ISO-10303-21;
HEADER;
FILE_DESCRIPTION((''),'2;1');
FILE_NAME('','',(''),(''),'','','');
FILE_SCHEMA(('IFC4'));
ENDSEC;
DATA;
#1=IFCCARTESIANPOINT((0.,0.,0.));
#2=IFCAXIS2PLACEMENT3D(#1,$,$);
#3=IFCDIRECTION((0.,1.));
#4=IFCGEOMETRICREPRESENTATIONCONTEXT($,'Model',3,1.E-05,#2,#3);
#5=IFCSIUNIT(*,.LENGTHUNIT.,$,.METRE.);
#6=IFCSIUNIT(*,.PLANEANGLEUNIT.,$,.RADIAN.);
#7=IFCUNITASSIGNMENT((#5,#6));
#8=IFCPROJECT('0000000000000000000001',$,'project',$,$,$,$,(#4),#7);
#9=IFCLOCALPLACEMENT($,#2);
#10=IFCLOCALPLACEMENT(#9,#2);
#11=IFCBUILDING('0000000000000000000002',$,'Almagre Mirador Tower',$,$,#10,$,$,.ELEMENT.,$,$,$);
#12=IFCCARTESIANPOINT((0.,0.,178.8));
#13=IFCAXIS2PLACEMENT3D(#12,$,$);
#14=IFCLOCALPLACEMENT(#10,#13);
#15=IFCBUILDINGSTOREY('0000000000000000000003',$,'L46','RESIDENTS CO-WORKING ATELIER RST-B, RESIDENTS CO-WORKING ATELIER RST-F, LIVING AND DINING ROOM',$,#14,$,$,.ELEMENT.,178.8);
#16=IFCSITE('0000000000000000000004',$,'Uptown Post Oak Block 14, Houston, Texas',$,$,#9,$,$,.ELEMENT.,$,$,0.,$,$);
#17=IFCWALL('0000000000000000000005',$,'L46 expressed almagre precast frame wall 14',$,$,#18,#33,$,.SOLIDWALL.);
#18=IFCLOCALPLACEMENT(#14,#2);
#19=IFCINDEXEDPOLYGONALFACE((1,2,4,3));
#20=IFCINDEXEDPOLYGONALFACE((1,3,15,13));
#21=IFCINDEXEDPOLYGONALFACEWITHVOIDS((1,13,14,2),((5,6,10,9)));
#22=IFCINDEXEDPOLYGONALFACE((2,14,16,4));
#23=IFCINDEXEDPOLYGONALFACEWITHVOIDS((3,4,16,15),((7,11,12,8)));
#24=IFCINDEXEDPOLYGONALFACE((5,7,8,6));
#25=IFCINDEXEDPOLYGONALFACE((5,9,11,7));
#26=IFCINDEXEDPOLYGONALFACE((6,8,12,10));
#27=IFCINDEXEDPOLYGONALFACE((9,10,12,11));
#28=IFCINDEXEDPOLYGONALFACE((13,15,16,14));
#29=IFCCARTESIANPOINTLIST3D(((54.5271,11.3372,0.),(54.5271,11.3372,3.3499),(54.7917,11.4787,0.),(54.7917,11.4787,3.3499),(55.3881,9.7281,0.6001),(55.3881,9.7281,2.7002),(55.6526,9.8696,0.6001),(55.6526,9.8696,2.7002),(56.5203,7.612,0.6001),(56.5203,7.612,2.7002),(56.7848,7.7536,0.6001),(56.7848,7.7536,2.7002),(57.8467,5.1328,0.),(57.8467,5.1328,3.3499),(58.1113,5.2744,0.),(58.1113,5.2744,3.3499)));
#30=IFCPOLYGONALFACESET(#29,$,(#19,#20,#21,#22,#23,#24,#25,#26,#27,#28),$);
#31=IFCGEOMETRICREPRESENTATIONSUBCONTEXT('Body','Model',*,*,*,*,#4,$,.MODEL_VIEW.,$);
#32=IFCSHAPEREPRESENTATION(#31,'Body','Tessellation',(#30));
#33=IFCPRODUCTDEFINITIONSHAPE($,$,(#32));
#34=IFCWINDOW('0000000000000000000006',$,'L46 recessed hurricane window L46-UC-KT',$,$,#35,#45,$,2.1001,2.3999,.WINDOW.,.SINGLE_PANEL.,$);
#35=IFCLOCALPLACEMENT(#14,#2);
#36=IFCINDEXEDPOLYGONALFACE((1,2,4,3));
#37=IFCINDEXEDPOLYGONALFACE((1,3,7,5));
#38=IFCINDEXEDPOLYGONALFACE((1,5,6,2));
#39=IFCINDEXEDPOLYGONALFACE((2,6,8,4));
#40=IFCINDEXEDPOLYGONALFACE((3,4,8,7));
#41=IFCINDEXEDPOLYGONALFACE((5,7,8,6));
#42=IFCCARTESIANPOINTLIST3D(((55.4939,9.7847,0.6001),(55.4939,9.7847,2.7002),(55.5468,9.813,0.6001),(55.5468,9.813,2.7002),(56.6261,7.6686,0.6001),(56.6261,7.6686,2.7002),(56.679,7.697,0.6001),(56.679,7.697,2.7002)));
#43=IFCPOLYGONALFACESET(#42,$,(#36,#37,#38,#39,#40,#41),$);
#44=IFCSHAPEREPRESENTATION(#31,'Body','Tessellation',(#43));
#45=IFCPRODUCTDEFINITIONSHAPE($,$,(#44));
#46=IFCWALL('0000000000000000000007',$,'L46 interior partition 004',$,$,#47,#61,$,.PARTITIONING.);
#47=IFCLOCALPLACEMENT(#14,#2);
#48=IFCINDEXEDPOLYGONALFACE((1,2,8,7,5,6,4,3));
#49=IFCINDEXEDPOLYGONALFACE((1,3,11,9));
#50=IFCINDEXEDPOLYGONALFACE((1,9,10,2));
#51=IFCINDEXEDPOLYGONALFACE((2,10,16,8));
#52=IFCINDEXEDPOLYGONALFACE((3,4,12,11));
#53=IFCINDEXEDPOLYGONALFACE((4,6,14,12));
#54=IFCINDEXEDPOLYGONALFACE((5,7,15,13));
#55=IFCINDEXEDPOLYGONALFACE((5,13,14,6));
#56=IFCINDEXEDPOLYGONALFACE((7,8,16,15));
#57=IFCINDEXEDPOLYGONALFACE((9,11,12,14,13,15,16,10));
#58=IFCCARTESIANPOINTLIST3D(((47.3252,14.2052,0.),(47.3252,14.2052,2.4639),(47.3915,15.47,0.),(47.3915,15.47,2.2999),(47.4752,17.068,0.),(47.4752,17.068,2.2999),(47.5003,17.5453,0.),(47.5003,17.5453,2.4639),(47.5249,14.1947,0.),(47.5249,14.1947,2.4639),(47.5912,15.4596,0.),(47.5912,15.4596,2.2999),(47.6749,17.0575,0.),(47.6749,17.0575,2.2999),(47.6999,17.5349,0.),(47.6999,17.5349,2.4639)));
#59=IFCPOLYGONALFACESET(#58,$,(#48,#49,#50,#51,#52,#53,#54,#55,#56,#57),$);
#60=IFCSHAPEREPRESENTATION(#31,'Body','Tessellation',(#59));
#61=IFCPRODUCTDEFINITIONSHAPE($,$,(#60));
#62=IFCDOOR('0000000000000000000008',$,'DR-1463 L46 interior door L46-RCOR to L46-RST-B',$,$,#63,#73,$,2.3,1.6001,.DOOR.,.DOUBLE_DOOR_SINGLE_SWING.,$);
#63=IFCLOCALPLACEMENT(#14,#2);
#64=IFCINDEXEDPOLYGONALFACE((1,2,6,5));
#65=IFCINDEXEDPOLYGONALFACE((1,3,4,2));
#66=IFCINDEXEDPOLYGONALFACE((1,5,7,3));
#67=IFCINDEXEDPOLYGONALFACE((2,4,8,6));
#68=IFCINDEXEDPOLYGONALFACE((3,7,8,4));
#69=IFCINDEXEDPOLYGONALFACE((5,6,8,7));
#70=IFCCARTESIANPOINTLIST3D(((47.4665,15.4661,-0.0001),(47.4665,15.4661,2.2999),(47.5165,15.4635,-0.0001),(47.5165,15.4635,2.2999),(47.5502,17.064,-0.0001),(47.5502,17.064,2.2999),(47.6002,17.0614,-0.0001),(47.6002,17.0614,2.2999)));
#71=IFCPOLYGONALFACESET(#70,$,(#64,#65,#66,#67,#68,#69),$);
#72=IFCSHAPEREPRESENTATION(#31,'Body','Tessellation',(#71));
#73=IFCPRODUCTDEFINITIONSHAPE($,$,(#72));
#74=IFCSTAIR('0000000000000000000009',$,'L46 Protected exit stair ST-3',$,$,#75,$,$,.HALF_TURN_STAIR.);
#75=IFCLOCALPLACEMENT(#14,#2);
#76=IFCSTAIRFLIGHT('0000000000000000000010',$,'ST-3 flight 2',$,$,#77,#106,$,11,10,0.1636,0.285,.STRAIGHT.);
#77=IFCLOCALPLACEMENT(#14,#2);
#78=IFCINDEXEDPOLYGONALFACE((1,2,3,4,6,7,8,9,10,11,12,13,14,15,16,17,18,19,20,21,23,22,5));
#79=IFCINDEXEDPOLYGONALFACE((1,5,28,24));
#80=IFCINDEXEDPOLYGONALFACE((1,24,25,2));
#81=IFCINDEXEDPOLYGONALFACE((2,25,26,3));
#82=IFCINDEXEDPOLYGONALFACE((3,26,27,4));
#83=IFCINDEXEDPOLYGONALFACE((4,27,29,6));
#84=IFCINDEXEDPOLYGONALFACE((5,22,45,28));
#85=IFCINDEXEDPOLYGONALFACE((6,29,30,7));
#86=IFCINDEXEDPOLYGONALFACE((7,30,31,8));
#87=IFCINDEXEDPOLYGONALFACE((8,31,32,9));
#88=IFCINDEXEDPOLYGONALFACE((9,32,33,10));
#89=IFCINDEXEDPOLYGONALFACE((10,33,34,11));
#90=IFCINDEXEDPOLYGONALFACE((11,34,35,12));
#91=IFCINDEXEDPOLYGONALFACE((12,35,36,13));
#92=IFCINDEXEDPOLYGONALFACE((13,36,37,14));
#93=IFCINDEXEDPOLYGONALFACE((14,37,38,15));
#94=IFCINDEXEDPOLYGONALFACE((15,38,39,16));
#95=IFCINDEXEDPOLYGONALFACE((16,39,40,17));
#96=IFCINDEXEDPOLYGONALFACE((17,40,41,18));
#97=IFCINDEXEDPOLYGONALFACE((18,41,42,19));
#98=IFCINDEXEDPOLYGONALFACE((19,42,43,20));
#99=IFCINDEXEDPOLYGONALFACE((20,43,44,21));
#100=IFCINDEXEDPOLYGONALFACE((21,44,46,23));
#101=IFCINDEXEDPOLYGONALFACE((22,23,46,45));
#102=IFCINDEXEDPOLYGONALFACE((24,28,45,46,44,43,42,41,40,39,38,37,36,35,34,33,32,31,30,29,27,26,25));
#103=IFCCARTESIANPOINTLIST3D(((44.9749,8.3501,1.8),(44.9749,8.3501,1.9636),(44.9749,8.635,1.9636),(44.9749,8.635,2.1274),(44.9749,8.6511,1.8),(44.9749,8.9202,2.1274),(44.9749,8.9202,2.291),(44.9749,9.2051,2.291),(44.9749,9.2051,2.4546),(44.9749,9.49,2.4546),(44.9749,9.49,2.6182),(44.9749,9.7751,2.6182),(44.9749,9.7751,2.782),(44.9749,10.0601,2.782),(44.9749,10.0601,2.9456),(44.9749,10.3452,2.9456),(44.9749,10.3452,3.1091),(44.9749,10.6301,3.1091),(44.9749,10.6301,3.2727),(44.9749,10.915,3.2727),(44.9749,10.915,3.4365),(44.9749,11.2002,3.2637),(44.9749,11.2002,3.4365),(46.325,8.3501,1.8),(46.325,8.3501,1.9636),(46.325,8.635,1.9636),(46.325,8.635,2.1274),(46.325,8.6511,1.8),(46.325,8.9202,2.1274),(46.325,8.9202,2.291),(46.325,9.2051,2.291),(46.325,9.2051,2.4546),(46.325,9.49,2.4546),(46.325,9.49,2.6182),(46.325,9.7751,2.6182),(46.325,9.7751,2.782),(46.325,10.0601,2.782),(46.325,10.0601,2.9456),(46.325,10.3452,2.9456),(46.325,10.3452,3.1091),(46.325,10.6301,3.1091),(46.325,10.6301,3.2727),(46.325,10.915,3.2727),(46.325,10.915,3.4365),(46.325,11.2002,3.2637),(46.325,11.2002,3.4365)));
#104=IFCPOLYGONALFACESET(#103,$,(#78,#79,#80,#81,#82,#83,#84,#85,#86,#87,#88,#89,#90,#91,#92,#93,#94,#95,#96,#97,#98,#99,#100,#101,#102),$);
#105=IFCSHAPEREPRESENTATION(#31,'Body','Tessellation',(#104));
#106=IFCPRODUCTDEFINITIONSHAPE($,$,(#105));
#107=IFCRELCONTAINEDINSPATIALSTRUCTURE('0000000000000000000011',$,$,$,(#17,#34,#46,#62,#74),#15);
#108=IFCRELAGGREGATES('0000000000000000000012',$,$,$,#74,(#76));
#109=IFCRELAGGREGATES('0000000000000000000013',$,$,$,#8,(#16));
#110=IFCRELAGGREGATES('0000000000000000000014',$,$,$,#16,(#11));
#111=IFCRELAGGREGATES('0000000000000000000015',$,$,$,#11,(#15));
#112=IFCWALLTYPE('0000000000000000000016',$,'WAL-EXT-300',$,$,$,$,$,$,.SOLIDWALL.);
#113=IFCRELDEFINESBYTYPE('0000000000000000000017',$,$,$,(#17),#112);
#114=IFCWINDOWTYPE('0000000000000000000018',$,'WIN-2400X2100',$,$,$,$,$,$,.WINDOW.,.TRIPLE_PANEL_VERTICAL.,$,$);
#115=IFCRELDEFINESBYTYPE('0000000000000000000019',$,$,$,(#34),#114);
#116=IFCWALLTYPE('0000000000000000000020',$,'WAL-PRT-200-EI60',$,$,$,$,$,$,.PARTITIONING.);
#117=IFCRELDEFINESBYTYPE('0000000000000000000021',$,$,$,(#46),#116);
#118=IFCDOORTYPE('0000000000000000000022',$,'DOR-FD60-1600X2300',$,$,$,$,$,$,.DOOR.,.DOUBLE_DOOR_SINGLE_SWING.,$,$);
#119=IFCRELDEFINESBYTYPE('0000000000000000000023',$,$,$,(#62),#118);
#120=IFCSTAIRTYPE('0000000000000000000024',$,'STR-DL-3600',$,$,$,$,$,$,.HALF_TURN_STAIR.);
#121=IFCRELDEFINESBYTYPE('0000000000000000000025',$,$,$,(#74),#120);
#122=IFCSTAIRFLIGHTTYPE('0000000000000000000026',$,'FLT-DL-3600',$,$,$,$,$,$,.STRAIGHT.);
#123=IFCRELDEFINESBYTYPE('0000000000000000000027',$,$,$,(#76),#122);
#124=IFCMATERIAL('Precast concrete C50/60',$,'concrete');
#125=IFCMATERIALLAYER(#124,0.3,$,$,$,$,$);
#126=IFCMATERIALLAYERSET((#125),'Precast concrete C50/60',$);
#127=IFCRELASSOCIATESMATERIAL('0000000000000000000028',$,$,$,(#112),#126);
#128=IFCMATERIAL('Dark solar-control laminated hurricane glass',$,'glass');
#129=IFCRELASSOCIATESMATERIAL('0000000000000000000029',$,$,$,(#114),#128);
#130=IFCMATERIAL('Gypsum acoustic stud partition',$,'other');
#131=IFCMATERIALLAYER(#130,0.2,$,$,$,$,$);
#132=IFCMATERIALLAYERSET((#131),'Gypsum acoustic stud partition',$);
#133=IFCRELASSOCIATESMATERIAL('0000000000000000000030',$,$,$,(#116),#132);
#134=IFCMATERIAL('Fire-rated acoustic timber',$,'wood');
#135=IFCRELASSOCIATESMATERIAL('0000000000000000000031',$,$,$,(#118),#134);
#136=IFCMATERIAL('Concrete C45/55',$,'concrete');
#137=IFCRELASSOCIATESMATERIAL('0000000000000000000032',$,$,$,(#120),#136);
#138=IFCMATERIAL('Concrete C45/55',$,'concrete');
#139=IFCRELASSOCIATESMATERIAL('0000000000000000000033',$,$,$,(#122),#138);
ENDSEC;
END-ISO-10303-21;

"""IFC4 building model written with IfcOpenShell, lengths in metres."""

from ifc_helpers import new_model, si_unit, direction, frame, frame_2d, origin, place, context, subcontext, project, spatial, polyline, rectangle, outline, extrude, material, layer, layer_set, type_object, element, fill, aggregate, save


model = new_model("IFC4")

# Units and contexts
model_context = context("Model", 3, precision=1e-05, world=origin(), true_north=direction((0.0, 1.0)))
body_context = subcontext(model_context, "Body", "Model", "MODEL_VIEW")
ifc_project = project(units=[si_unit("LENGTHUNIT", "METRE"), si_unit("PLANEANGLEUNIT", "RADIAN")], contexts=[model_context])

# Site, building, storey
site_placement = place(None, origin())
site = spatial("IfcSite", under=ifc_project, at=site_placement, Name="Uptown Post Oak Block 14, Houston, Texas", CompositionType="ELEMENT", RefElevation=0.0)
building_placement = place(site_placement, origin())
building = spatial("IfcBuilding", under=site, at=building_placement, Name="Almagre Mirador Tower", CompositionType="ELEMENT")
storey_placement = place(building_placement, frame((0.0, 0.0, 178.8)))
storey = spatial("IfcBuildingStorey", under=building, at=storey_placement, Name="L46", Description="RESIDENTS CO-WORKING ATELIER RST-B, RESIDENTS CO-WORKING ATELIER RST-F, LIVING AND DINING ROOM", CompositionType="ELEMENT", Elevation=178.8)

# Shared definitions
ifc_material_1 = material(Name="Precast concrete C50/60", Category="concrete")
ifc_layer_1 = layer(ifc_material_1, 0.3)
ifc_layer_set_1 = layer_set([ifc_layer_1], Name="Precast concrete C50/60")
wall_type_1 = type_object("IfcWallType", Name="WAL-EXT-300", PredefinedType="SOLIDWALL", material=ifc_layer_set_1)

# Wall, opening, window
wall_1_placement = place(storey_placement, frame((54.6594, 11.408, 0.0), z_axis=(0.0, 0.0, 1.0), x_axis=(0.47176, -0.881727, 0.0)))
wall_1 = element("IfcWall", 1, at=wall_1_placement, inside=storey, type_object=wall_type_1, Name="L46 expressed almagre precast frame wall 14", PredefinedType="SOLIDWALL", context=body_context, shape_type="SweptSolid", body=[
    extrude(rectangle(XDim=7.0366, YDim=0.3, at=frame_2d((3.5183, 0.0))), origin(), (0.0, 0.0, 1.0), 3.3499),
])
opening_1_placement = place(wall_1_placement, frame((1.825, 0.0, 0.6001)))
opening_1 = element("IfcOpeningElement", 2, at=opening_1_placement, cuts=wall_1, PredefinedType="OPENING", context=body_context, shape_type="SweptSolid", body=[
    extrude(rectangle(XDim=2.3999, YDim=2.1001, at=frame_2d((1.2, 1.05))), frame((0.0, 0.1599, 0.0), z_axis=(0.0, -1.0, 0.0), x_axis=(1.0, 0.0, 0.0)), (0.0, 0.0, 1.0), 0.32),
])
ifc_material_2 = material(Name="Dark solar-control laminated hurricane glass", Category="glass")
window_type_1 = type_object("IfcWindowType", Name="WIN-2400X2100", PartitioningType="TRIPLE_PANEL_VERTICAL", PredefinedType="WINDOW", material=ifc_material_2)
window_1_placement = place(opening_1_placement, origin())
window_1 = element("IfcWindow", 3, at=window_1_placement, inside=storey, type_object=window_type_1, Name="L46 recessed hurricane window L46-UC-KT", OverallHeight=2.1001, OverallWidth=2.3999, PartitioningType="SINGLE_PANEL", PredefinedType="WINDOW", context=body_context, shape_type="SweptSolid", body=[
    extrude(rectangle(XDim=2.3999, YDim=2.1001, at=frame_2d((1.2, 1.05))), frame((0.0, 0.03, 0.0), z_axis=(0.0, -1.0, 0.0), x_axis=(1.0, 0.0, 0.0)), (0.0, 0.0, 1.0), 0.0601),
])
fill(opening_1, window_1)

# Wall, opening, door
ifc_material_3 = material(Name="Gypsum acoustic stud partition", Category="other")
ifc_layer_2 = layer(ifc_material_3, 0.2)
ifc_layer_set_2 = layer_set([ifc_layer_2], Name="Gypsum acoustic stud partition")
wall_type_2 = type_object("IfcWallType", Name="WAL-PRT-200-EI60", PredefinedType="PARTITIONING", material=ifc_layer_set_2)
wall_2_placement = place(storey_placement, frame((47.425, 14.2, 0.0), z_axis=(0.0, 0.0, 1.0), x_axis=(0.052337, 0.998629, 0.0)))
wall_2 = element("IfcWall", 4, at=wall_2_placement, inside=storey, type_object=wall_type_2, Name="L46 interior partition 004", PredefinedType="PARTITIONING", context=body_context, shape_type="SweptSolid", body=[
    extrude(rectangle(XDim=3.3447, YDim=0.2, at=frame_2d((1.6724, 0.0))), origin(), (0.0, 0.0, 1.0), 2.4639),
])
opening_2_placement = place(wall_2_placement, frame((1.2666, 0.0, 0.0)))
opening_2 = element("IfcOpeningElement", 5, at=opening_2_placement, cuts=wall_2, PredefinedType="OPENING", context=body_context, shape_type="SweptSolid", body=[
    extrude(rectangle(XDim=1.6001, YDim=2.3, at=frame_2d((0.8, 1.1499))), frame((0.0, 0.1101, 0.0), z_axis=(0.0, -1.0, 0.0), x_axis=(1.0, 0.0, 0.0)), (0.0, 0.0, 1.0), 0.22),
])
ifc_material_4 = material(Name="Fire-rated acoustic timber", Category="wood")
door_type = type_object("IfcDoorType", Name="DOR-FD60-1600X2300", OperationType="DOUBLE_DOOR_SINGLE_SWING", PredefinedType="DOOR", material=ifc_material_4)
door_placement = place(opening_2_placement, origin())
door = element("IfcDoor", 6, at=door_placement, inside=storey, type_object=door_type, Name="DR-1463 L46 interior door L46-RCOR to L46-RST-B", OperationType="DOUBLE_DOOR_SINGLE_SWING", OverallHeight=2.3, OverallWidth=1.6001, PredefinedType="DOOR", context=body_context, shape_type="SweptSolid", body=[
    extrude(rectangle(XDim=1.6001, YDim=2.3, at=frame_2d((0.8, 1.1499))), frame((0.0, 0.0249, 0.0), z_axis=(0.0, -1.0, 0.0), x_axis=(1.0, 0.0, 0.0)), (0.0, 0.0, 1.0), 0.05),
])
fill(opening_2, door)

# Stair, stair flight
ifc_material_5 = material(Name="Concrete C45/55", Category="concrete")
stair_type = type_object("IfcStairType", Name="STR-DL-3600", PredefinedType="HALF_TURN_STAIR", material=ifc_material_5)
stair_placement = place(storey_placement, origin())
stair = element("IfcStair", 7, at=stair_placement, inside=storey, type_object=stair_type, Name="L46 Protected exit stair ST-3", PredefinedType="HALF_TURN_STAIR")
ifc_material_6 = material(Name="Concrete C45/55", Category="concrete")
stair_flight_type = type_object("IfcStairFlightType", Name="FLT-DL-3600", PredefinedType="STRAIGHT", material=ifc_material_6)
stair_flight_placement = place(storey_placement, frame((45.6499, 8.3501, 1.8), z_axis=(0.0, 0.0, 1.0), x_axis=(0.0, 1.0, 0.0)))
stair_flight = element("IfcStairFlight", 8, at=stair_flight_placement, type_object=stair_flight_type, Name="ST-3 flight 2", NumberOfRisers=11, NumberOfTreads=10, PredefinedType="STRAIGHT", RiserHeight=0.1636, TreadLength=0.285, context=body_context, shape_type="SweptSolid", body=[
    extrude(outline(polyline([(0.0, 0.0), (0.0, 0.1636), (0.2849, 0.1636), (0.2849, 0.3274), (0.5701, 0.3274), (0.5701, 0.491), (0.855, 0.491), (0.855, 0.6545), (1.1399, 0.6545), (1.1399, 0.8181), (1.425, 0.8181), (1.425, 0.9819), (1.71, 0.9819), (1.71, 1.1455), (1.9951, 1.1455), (1.9951, 1.3091), (2.28, 1.3091), (2.28, 1.4727), (2.5649, 1.4727), (2.5649, 1.6365), (2.8501, 1.6365), (2.8501, 1.8), (2.8501, 1.4636), (0.301, 0.0), (0.0, 0.0)])), frame((0.0, 0.675, 0.0), z_axis=(0.0, -1.0, 0.0), x_axis=(1.0, 0.0, 0.0)), (0.0, 0.0, 1.0), 1.3501),
])
aggregate(stair, [stair_flight])

save(model, "model.ifc")
